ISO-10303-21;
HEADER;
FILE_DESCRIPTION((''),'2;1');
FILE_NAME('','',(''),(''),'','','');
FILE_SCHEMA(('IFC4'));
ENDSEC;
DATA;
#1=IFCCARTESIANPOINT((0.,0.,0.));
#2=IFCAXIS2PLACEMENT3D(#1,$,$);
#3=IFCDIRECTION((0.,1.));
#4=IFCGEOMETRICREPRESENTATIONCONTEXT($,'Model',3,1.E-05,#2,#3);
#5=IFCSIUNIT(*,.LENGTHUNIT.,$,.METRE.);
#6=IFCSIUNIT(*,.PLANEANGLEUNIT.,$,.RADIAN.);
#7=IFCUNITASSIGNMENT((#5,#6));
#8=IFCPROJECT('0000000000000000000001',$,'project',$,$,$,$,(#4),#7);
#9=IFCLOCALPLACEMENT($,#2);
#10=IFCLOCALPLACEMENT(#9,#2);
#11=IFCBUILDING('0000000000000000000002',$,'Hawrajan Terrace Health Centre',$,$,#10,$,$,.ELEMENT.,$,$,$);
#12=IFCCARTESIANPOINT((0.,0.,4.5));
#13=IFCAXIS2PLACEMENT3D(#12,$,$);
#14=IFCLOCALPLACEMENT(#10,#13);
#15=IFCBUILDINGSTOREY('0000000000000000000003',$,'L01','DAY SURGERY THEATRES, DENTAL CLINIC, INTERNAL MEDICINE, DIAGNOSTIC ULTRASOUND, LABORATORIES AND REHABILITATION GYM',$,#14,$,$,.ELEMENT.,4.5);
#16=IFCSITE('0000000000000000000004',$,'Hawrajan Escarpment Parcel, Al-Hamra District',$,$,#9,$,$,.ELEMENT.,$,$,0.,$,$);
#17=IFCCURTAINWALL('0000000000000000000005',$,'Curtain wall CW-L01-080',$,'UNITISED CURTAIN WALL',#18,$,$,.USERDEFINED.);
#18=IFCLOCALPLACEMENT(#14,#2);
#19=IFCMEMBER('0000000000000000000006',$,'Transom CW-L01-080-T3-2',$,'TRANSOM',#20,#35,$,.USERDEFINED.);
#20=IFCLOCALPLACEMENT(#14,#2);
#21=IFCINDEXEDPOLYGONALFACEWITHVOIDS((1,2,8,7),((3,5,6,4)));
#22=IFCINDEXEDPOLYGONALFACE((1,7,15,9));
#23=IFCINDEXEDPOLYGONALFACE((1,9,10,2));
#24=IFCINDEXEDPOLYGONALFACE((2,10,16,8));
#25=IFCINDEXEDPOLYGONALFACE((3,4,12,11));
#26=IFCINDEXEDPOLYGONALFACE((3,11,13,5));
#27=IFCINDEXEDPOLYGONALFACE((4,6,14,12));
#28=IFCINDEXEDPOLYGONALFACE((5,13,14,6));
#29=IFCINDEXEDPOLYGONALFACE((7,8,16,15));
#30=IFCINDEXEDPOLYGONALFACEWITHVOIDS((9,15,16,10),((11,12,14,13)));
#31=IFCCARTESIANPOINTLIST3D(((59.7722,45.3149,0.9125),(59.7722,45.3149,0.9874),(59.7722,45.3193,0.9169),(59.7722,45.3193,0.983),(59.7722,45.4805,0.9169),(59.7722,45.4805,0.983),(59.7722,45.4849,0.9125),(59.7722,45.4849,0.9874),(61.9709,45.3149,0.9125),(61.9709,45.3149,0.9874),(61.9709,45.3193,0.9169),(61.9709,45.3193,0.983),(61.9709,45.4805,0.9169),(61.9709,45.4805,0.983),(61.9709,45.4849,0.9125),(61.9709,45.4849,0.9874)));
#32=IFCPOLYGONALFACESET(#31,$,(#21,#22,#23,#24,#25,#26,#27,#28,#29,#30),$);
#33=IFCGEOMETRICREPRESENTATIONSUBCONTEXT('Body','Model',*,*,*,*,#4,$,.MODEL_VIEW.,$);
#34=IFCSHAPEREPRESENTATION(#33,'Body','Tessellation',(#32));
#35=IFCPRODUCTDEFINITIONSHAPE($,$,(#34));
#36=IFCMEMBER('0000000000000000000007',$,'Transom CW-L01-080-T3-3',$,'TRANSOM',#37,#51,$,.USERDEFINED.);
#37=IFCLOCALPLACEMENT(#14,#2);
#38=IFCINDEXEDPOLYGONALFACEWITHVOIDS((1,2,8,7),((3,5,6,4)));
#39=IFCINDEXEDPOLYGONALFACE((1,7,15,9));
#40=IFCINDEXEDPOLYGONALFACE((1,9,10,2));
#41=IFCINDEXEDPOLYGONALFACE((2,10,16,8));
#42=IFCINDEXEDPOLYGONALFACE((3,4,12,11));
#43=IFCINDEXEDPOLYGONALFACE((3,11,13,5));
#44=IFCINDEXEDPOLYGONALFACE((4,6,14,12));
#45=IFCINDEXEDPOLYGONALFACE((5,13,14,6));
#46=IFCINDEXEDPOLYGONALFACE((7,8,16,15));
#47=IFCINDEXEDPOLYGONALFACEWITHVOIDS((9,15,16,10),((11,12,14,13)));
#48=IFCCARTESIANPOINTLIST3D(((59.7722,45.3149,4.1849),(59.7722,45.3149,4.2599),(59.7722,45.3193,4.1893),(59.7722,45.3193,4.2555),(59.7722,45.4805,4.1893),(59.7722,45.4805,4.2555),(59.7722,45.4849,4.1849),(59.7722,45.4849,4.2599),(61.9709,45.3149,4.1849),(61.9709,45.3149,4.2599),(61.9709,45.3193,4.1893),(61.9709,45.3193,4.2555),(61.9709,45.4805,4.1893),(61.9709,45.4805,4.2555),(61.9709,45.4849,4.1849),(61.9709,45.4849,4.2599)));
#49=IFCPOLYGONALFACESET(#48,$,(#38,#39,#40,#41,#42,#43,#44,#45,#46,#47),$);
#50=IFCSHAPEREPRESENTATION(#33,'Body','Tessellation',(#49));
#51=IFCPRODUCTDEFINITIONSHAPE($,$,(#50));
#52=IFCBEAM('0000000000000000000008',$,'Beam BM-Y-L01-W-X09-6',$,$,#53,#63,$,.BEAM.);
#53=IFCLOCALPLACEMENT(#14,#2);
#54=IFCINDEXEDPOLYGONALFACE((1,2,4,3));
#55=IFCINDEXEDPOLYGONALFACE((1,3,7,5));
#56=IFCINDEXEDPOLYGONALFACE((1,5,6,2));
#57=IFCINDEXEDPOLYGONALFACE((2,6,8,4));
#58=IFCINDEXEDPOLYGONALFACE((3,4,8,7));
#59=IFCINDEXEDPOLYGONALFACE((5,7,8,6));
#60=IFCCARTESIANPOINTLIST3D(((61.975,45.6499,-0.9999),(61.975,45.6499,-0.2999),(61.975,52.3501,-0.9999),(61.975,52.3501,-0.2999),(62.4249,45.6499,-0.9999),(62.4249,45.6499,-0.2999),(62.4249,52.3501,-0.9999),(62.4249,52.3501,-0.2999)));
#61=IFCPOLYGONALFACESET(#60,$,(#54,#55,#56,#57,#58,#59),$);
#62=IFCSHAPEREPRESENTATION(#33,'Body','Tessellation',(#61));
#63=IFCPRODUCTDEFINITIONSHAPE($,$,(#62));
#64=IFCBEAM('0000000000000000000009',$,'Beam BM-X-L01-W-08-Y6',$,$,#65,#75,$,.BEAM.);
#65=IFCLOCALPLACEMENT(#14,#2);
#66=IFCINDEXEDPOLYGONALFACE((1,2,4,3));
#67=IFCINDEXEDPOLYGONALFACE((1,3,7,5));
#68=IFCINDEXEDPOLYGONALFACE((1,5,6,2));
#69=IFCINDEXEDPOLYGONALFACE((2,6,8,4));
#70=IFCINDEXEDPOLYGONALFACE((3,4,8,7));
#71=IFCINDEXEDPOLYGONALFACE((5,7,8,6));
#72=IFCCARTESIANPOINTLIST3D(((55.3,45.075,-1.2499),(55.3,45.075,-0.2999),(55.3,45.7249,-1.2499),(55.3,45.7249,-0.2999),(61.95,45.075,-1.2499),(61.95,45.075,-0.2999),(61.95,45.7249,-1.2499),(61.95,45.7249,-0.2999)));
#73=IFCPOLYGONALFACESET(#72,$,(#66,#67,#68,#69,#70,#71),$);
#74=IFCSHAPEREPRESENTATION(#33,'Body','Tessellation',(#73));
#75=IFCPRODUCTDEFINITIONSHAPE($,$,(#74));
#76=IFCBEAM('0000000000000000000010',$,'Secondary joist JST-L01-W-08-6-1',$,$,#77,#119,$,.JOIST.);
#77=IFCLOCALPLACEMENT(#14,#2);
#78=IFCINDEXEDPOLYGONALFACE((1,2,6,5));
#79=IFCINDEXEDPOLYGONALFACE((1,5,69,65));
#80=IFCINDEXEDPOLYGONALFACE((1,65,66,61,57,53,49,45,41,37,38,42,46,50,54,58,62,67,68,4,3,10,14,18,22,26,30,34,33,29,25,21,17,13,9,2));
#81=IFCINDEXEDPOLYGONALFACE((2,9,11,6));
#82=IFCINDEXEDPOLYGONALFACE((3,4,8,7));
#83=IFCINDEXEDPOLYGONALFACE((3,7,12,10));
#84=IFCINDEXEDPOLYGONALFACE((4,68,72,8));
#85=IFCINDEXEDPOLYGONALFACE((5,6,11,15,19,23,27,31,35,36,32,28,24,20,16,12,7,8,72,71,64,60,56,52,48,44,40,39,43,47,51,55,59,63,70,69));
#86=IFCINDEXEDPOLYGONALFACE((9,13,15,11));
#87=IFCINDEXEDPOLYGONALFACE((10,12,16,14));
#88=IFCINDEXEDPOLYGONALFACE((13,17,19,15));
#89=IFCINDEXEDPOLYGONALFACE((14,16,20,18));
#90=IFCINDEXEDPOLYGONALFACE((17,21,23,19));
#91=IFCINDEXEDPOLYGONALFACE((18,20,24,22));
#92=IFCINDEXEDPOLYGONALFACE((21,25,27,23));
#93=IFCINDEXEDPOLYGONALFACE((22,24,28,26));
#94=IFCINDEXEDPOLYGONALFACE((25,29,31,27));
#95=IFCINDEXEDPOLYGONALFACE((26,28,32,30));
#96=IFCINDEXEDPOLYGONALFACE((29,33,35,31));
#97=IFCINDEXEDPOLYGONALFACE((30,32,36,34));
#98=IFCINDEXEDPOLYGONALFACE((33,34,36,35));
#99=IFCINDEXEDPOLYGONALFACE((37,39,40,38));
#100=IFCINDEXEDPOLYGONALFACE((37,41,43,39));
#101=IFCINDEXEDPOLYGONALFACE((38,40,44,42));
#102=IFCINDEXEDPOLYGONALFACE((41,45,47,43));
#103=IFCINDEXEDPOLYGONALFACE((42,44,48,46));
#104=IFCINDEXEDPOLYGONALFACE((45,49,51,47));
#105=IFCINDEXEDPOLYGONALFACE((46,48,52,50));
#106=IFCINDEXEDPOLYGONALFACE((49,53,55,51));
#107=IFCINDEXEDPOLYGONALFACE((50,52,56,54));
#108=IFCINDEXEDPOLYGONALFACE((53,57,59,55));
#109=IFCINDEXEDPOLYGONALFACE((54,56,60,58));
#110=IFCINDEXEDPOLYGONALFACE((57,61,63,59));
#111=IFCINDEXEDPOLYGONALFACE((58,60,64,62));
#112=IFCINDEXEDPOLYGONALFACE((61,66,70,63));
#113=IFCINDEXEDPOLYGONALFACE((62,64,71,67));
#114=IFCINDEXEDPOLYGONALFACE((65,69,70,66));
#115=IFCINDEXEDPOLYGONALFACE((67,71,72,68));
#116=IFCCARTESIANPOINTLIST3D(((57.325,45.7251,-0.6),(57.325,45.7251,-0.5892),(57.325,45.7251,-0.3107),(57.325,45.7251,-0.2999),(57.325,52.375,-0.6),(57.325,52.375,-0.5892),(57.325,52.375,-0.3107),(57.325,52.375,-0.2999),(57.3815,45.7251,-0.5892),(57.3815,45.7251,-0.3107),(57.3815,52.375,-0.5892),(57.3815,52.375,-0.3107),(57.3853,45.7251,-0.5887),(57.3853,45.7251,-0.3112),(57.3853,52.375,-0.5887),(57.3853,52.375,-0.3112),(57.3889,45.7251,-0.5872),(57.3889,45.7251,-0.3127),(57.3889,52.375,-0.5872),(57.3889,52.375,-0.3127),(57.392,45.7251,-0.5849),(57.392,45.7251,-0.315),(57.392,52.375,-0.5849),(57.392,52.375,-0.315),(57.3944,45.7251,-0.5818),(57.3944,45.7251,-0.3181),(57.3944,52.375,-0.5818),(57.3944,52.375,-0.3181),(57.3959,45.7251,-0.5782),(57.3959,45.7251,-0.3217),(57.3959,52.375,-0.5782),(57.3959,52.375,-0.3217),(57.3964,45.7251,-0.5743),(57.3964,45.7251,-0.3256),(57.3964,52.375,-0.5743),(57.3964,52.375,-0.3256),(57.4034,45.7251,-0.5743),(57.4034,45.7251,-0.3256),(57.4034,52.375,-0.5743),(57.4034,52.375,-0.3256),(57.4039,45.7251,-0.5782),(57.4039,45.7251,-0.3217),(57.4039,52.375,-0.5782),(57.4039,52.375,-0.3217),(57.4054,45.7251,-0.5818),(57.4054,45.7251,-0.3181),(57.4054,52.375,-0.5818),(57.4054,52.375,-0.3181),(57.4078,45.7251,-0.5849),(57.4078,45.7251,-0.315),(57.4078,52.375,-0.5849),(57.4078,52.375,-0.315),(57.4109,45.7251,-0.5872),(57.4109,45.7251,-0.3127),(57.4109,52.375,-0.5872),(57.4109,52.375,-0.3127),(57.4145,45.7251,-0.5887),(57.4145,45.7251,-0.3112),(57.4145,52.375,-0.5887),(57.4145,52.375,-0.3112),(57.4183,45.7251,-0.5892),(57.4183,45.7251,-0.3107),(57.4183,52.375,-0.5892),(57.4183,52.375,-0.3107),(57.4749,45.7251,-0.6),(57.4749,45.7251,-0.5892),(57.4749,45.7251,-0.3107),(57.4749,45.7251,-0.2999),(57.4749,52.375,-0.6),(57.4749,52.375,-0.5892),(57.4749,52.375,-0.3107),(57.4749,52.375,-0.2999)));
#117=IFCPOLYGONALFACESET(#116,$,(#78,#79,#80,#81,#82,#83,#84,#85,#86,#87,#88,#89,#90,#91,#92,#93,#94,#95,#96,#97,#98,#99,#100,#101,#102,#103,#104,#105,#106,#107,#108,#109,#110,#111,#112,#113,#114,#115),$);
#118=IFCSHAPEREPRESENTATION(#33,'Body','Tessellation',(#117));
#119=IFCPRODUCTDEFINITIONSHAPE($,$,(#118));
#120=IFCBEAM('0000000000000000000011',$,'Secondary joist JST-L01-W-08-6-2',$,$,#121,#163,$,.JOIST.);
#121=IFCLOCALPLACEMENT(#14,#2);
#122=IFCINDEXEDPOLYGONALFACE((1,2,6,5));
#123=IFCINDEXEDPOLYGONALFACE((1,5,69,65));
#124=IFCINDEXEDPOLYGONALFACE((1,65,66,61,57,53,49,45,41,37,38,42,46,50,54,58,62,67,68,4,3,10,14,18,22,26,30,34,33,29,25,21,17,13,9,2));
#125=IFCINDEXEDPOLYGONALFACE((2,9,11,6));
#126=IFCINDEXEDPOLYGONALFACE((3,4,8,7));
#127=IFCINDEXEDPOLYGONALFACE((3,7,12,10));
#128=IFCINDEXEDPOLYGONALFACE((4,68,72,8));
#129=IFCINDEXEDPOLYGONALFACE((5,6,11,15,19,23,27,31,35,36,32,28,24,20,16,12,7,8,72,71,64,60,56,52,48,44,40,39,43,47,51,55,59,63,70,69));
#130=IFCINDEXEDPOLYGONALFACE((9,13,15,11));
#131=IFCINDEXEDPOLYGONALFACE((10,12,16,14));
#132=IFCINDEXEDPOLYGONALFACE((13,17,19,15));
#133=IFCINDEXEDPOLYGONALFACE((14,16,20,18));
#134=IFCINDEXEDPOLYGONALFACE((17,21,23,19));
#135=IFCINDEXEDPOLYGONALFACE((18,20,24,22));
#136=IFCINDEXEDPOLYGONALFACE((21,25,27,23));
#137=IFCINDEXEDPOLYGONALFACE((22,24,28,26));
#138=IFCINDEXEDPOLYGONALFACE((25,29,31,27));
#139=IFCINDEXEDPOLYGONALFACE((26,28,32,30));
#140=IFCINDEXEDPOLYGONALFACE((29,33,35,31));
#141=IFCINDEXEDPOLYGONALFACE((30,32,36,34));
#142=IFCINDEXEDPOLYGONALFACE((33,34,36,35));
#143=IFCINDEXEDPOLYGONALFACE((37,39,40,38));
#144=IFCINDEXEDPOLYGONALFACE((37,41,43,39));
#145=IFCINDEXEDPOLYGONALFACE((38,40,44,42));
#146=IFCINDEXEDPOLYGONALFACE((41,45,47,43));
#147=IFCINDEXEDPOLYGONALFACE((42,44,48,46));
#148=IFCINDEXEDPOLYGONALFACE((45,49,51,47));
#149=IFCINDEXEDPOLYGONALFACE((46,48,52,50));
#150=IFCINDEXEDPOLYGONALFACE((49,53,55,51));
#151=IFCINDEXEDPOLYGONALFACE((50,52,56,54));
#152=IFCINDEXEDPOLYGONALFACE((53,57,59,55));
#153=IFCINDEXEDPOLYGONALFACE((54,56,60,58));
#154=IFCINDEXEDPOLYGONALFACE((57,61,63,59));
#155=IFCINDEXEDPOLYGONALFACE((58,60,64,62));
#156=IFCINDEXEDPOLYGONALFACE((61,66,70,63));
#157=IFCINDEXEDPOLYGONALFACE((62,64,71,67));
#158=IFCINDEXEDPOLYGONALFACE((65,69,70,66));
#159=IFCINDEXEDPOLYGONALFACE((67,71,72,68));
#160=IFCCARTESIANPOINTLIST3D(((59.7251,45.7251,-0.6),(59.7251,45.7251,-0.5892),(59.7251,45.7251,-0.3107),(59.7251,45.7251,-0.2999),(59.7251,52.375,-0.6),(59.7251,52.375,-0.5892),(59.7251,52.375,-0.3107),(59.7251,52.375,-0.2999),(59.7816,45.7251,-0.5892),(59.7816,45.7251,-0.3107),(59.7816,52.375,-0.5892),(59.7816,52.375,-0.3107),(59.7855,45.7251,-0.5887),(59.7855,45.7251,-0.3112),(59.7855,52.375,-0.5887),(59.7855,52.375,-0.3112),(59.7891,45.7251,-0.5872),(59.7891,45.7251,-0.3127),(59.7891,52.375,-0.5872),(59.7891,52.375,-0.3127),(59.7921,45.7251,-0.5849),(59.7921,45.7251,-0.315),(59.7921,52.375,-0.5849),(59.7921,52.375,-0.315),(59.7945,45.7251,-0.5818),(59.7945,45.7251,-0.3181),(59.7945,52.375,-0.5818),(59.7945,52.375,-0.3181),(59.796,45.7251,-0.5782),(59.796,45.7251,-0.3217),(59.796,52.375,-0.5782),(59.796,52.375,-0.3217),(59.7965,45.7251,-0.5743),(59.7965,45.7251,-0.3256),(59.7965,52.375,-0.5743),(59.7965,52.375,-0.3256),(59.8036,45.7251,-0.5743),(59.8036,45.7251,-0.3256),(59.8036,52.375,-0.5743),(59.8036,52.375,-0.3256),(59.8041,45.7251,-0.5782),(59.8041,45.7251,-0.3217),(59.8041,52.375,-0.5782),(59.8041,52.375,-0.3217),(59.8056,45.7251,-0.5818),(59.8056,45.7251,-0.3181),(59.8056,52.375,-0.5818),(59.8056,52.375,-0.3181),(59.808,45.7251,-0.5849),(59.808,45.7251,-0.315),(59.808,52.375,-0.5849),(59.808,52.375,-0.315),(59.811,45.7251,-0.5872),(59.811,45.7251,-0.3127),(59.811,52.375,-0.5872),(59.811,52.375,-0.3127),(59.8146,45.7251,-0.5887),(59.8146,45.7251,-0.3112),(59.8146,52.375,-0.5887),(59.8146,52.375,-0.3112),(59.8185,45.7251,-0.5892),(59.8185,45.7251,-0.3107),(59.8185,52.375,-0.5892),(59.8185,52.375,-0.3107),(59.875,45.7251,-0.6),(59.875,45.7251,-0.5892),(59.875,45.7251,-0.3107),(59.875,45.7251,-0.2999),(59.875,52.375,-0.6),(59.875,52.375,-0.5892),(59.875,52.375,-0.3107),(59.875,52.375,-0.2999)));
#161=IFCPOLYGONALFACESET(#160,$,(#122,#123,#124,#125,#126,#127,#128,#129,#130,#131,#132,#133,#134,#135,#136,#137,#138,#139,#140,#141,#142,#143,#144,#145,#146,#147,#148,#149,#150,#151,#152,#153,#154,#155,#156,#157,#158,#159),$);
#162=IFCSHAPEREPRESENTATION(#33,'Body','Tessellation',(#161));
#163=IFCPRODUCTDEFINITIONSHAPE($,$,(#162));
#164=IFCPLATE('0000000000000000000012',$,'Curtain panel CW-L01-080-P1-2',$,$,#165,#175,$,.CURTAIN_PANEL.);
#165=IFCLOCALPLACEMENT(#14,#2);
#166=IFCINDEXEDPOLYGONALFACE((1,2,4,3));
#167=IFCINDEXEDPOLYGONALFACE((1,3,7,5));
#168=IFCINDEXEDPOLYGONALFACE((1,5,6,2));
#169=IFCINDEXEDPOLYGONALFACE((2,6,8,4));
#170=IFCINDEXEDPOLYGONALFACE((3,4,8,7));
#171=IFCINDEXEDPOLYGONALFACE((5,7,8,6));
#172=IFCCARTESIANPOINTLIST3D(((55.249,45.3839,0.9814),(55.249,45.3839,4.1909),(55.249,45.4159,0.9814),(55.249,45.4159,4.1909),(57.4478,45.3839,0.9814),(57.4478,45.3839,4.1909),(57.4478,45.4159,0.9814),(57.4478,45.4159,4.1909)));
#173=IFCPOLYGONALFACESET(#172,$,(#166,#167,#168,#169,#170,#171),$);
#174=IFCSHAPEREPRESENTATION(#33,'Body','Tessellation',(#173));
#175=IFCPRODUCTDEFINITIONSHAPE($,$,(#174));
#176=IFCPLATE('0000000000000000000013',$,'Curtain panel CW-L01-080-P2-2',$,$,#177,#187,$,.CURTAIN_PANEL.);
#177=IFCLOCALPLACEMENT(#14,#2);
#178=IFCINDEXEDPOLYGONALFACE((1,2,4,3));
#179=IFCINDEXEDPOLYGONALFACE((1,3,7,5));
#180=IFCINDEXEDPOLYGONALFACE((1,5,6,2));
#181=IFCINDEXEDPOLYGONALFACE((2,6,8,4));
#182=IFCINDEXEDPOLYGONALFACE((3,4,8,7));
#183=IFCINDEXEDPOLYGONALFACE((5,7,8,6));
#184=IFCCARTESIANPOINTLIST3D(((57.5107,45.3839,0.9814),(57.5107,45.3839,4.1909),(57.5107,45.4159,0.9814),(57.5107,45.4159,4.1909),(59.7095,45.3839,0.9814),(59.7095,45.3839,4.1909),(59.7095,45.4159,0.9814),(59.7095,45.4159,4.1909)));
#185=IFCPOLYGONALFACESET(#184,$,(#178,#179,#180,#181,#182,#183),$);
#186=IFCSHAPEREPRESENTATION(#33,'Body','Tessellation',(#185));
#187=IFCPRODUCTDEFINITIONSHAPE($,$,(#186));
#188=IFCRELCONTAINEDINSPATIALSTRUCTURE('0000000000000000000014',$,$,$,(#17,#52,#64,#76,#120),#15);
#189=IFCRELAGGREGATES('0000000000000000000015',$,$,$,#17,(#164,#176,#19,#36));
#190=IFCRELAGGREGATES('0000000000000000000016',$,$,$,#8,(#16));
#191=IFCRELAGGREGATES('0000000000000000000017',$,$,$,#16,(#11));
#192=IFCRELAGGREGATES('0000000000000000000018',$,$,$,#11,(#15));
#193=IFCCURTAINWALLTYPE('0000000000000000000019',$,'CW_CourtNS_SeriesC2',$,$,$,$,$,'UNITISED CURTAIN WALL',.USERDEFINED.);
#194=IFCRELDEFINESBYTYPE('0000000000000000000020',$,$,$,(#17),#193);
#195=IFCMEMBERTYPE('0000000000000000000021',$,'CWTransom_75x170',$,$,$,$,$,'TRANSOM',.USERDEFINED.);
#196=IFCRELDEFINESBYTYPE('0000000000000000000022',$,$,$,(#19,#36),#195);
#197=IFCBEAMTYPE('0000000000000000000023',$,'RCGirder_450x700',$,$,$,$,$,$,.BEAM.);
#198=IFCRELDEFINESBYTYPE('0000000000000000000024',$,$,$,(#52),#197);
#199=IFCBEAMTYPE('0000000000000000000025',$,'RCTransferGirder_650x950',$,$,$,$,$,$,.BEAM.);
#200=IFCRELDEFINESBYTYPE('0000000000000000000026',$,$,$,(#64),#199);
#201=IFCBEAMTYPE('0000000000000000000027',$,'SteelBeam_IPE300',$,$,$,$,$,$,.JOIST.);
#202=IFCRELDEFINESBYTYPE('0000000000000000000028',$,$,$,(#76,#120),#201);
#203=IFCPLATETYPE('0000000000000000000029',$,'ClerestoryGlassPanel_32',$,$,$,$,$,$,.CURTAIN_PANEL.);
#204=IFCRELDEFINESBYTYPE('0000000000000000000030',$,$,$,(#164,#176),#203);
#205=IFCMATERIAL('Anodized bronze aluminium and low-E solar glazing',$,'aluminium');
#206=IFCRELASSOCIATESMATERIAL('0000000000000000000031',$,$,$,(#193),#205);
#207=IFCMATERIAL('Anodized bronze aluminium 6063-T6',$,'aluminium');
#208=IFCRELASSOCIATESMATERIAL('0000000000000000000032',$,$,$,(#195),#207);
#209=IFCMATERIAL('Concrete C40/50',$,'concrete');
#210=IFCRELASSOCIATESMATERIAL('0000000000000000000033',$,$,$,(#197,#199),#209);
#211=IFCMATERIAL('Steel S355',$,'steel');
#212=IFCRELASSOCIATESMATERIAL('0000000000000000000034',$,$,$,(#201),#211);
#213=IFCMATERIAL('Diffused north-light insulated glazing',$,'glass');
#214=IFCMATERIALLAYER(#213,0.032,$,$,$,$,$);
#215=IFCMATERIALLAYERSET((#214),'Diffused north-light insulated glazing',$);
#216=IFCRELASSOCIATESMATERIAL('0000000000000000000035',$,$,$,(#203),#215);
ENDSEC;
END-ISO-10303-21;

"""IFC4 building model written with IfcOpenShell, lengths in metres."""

from ifc_helpers import new_model, si_unit, direction, frame, origin, origin_2d, place, context, subcontext, project, spatial, rectangle, hollow_rectangle, i_section, extrude, material, layer, layer_set, material_profile, profile_set, type_object, element, aggregate, save


model = new_model("IFC4")

# Units and contexts
model_context = context("Model", 3, precision=1e-05, world=origin(), true_north=direction((0.0, 1.0)))
body_context = subcontext(model_context, "Body", "Model", "MODEL_VIEW")
ifc_project = project(units=[si_unit("LENGTHUNIT", "METRE"), si_unit("PLANEANGLEUNIT", "RADIAN")], contexts=[model_context])

# Site, building, storey
site_placement = place(None, origin())
site = spatial("IfcSite", under=ifc_project, at=site_placement, Name="Hawrajan Escarpment Parcel, Al-Hamra District", CompositionType="ELEMENT", RefElevation=0.0)
building_placement = place(site_placement, origin())
building = spatial("IfcBuilding", under=site, at=building_placement, Name="Hawrajan Terrace Health Centre", CompositionType="ELEMENT")
storey_placement = place(building_placement, frame((0.0, 0.0, 4.5)))
storey = spatial("IfcBuildingStorey", under=building, at=storey_placement, Name="L01", Description="DAY SURGERY THEATRES, DENTAL CLINIC, INTERNAL MEDICINE, DIAGNOSTIC ULTRASOUND, LABORATORIES AND REHABILITATION GYM", CompositionType="ELEMENT", Elevation=4.5)

# Curtain wall, members
ifc_material_1 = material(Name="Anodized bronze aluminium and low-E solar glazing", Category="aluminium")
curtain_wall_type = type_object("IfcCurtainWallType", Name="CW_CourtNS_SeriesC2", ElementType="UNITISED CURTAIN WALL", PredefinedType="USERDEFINED", material=ifc_material_1)
curtain_wall_placement = place(storey_placement, origin())
curtain_wall = element("IfcCurtainWall", 1, at=curtain_wall_placement, inside=storey, type_object=curtain_wall_type, Name="Curtain wall CW-L01-080", ObjectType="UNITISED CURTAIN WALL", PredefinedType="USERDEFINED")
ifc_material_2 = material(Name="Anodized bronze aluminium 6063-T6", Category="aluminium")
ifc_material_profile_1 = material_profile(ifc_material_2, hollow_rectangle(XDim=0.075, YDim=0.1699, WallThickness=0.0044, at=origin_2d()), Name="CW TRN 75x170")
ifc_profile_set_1 = profile_set([ifc_material_profile_1], Name="Anodized bronze aluminium 6063-T6")
member_type_1 = type_object("IfcMemberType", Name="CWTransom_75x170", ElementType="TRANSOM", PredefinedType="USERDEFINED", material=ifc_profile_set_1)
member_1_placement = place(storey_placement, frame((59.7722, 45.3999, 0.95), z_axis=(1.0, 0.0, 0.0), x_axis=(0.0, 0.0, 1.0)))
member_1 = element("IfcMember", 2, at=member_1_placement, type_object=member_type_1, Name="Transom CW-L01-080-T3-2", ObjectType="TRANSOM", PredefinedType="USERDEFINED", context=body_context, shape_type="SweptSolid", body=[
    extrude(hollow_rectangle(XDim=0.075, YDim=0.1699, WallThickness=0.0044, at=origin_2d()), origin(), (0.0, 0.0, 1.0), 2.1987),
])
member_2_placement = place(storey_placement, frame((59.7722, 45.3999, 4.2224), z_axis=(1.0, 0.0, 0.0), x_axis=(0.0, 0.0, 1.0)))
member_2 = element("IfcMember", 3, at=member_2_placement, type_object=member_type_1, Name="Transom CW-L01-080-T3-3", ObjectType="TRANSOM", PredefinedType="USERDEFINED", context=body_context, shape_type="SweptSolid", body=[
    extrude(hollow_rectangle(XDim=0.075, YDim=0.1699, WallThickness=0.0044, at=origin_2d()), origin(), (0.0, 0.0, 1.0), 2.1987),
])

# Beams
ifc_material_3 = material(Name="Concrete C40/50", Category="concrete")
ifc_material_profile_2 = material_profile(ifc_material_3, rectangle(XDim=0.45, YDim=0.7, at=origin_2d()), Name="RC BM 450x700")
ifc_profile_set_2 = profile_set([ifc_material_profile_2], Name="Concrete C40/50")
beam_type_1 = type_object("IfcBeamType", Name="RCGirder_450x700", PredefinedType="BEAM", material=ifc_profile_set_2)
beam_1_placement = place(storey_placement, frame((62.2, 45.6499, -0.6499), z_axis=(0.0, 1.0, 0.0), x_axis=(-1.0, 0.0, 0.0)))
element("IfcBeam", 4, at=beam_1_placement, inside=storey, type_object=beam_type_1, Name="Beam BM-Y-L01-W-X09-6", PredefinedType="BEAM", context=body_context, shape_type="SweptSolid", body=[
    extrude(rectangle(XDim=0.45, YDim=0.7, at=origin_2d()), origin(), (0.0, 0.0, 1.0), 6.7002),
])
ifc_material_profile_3 = material_profile(ifc_material_3, rectangle(XDim=0.6499, YDim=0.95, at=origin_2d()), Name="RC TG 650x950")
ifc_profile_set_3 = profile_set([ifc_material_profile_3], Name="Concrete C40/50")
beam_type_2 = type_object("IfcBeamType", Name="RCTransferGirder_650x950", PredefinedType="BEAM", material=ifc_profile_set_3)
beam_2_placement = place(storey_placement, frame((55.3, 45.3999, -0.7749), z_axis=(1.0, 0.0, 0.0), x_axis=(0.0, 1.0, 0.0)))
element("IfcBeam", 5, at=beam_2_placement, inside=storey, type_object=beam_type_2, Name="Beam BM-X-L01-W-08-Y6", PredefinedType="BEAM", context=body_context, shape_type="SweptSolid", body=[
    extrude(rectangle(XDim=0.6499, YDim=0.95, at=origin_2d()), origin(), (0.0, 0.0, 1.0), 6.6499),
])
ifc_material_4 = material(Name="Steel S355", Category="steel")
ifc_material_profile_4 = material_profile(ifc_material_4, i_section(OverallWidth=0.1499, OverallDepth=0.3, WebThickness=0.0071, FlangeThickness=0.0107, FilletRadius=0.0149, at=origin_2d()), Name="IPE 300")
ifc_profile_set_4 = profile_set([ifc_material_profile_4], Name="Steel S355")
beam_type_3 = type_object("IfcBeamType", Name="SteelBeam_IPE300", PredefinedType="JOIST", material=ifc_profile_set_4)
for number, where, z_axis, x_axis, name in (
    (6, (57.3999, 45.7251, -0.45), (0.0, 1.0, 0.0), (-1.0, 0.0, 0.0), "Secondary joist JST-L01-W-08-6-1"),
    (7, (59.8, 45.7251, -0.45), (0.0, 1.0, 0.0), (-1.0, 0.0, 0.0), "Secondary joist JST-L01-W-08-6-2"),
):
    element("IfcBeam", number, at=place(storey_placement, frame(where, z_axis=z_axis, x_axis=x_axis)), inside=storey, type_object=beam_type_3, Name=name, PredefinedType="JOIST", context=body_context, shape_type="SweptSolid", body=[
        extrude(i_section(OverallWidth=0.1499, OverallDepth=0.3, WebThickness=0.0071, FlangeThickness=0.0107, FilletRadius=0.0149, at=origin_2d()), origin(), (0.0, 0.0, 1.0), 6.6499),
    ])

# Plates
ifc_material_5 = material(Name="Diffused north-light insulated glazing", Category="glass")
ifc_layer_1 = layer(ifc_material_5, 0.032)
ifc_layer_set_1 = layer_set([ifc_layer_1], Name="Diffused north-light insulated glazing")
plate_type_1 = type_object("IfcPlateType", Name="ClerestoryGlassPanel_32", PredefinedType="CURTAIN_PANEL", material=ifc_layer_set_1)
plate_1_placement = place(storey_placement, frame((56.3484, 45.3999, 0.9814), z_axis=(0.0, 0.0, 1.0), x_axis=(1.0, 0.0, 0.0)))
plate_1 = element("IfcPlate", 8, at=plate_1_placement, type_object=plate_type_1, Name="Curtain panel CW-L01-080-P1-2", PredefinedType="CURTAIN_PANEL", context=body_context, shape_type="SweptSolid", body=[
    extrude(rectangle(XDim=2.1987, YDim=0.032, at=origin_2d()), origin(), (0.0, 0.0, 1.0), 3.2095),
])
plate_2_placement = place(storey_placement, frame((58.6101, 45.3999, 0.9814), z_axis=(0.0, 0.0, 1.0), x_axis=(1.0, 0.0, 0.0)))
plate_2 = element("IfcPlate", 9, at=plate_2_placement, type_object=plate_type_1, Name="Curtain panel CW-L01-080-P2-2", PredefinedType="CURTAIN_PANEL", context=body_context, shape_type="SweptSolid", body=[
    extrude(rectangle(XDim=2.1987, YDim=0.032, at=origin_2d()), origin(), (0.0, 0.0, 1.0), 3.2095),
])
aggregate(curtain_wall, [plate_1, plate_2, member_1, member_2])

save(model, "model.ifc")
